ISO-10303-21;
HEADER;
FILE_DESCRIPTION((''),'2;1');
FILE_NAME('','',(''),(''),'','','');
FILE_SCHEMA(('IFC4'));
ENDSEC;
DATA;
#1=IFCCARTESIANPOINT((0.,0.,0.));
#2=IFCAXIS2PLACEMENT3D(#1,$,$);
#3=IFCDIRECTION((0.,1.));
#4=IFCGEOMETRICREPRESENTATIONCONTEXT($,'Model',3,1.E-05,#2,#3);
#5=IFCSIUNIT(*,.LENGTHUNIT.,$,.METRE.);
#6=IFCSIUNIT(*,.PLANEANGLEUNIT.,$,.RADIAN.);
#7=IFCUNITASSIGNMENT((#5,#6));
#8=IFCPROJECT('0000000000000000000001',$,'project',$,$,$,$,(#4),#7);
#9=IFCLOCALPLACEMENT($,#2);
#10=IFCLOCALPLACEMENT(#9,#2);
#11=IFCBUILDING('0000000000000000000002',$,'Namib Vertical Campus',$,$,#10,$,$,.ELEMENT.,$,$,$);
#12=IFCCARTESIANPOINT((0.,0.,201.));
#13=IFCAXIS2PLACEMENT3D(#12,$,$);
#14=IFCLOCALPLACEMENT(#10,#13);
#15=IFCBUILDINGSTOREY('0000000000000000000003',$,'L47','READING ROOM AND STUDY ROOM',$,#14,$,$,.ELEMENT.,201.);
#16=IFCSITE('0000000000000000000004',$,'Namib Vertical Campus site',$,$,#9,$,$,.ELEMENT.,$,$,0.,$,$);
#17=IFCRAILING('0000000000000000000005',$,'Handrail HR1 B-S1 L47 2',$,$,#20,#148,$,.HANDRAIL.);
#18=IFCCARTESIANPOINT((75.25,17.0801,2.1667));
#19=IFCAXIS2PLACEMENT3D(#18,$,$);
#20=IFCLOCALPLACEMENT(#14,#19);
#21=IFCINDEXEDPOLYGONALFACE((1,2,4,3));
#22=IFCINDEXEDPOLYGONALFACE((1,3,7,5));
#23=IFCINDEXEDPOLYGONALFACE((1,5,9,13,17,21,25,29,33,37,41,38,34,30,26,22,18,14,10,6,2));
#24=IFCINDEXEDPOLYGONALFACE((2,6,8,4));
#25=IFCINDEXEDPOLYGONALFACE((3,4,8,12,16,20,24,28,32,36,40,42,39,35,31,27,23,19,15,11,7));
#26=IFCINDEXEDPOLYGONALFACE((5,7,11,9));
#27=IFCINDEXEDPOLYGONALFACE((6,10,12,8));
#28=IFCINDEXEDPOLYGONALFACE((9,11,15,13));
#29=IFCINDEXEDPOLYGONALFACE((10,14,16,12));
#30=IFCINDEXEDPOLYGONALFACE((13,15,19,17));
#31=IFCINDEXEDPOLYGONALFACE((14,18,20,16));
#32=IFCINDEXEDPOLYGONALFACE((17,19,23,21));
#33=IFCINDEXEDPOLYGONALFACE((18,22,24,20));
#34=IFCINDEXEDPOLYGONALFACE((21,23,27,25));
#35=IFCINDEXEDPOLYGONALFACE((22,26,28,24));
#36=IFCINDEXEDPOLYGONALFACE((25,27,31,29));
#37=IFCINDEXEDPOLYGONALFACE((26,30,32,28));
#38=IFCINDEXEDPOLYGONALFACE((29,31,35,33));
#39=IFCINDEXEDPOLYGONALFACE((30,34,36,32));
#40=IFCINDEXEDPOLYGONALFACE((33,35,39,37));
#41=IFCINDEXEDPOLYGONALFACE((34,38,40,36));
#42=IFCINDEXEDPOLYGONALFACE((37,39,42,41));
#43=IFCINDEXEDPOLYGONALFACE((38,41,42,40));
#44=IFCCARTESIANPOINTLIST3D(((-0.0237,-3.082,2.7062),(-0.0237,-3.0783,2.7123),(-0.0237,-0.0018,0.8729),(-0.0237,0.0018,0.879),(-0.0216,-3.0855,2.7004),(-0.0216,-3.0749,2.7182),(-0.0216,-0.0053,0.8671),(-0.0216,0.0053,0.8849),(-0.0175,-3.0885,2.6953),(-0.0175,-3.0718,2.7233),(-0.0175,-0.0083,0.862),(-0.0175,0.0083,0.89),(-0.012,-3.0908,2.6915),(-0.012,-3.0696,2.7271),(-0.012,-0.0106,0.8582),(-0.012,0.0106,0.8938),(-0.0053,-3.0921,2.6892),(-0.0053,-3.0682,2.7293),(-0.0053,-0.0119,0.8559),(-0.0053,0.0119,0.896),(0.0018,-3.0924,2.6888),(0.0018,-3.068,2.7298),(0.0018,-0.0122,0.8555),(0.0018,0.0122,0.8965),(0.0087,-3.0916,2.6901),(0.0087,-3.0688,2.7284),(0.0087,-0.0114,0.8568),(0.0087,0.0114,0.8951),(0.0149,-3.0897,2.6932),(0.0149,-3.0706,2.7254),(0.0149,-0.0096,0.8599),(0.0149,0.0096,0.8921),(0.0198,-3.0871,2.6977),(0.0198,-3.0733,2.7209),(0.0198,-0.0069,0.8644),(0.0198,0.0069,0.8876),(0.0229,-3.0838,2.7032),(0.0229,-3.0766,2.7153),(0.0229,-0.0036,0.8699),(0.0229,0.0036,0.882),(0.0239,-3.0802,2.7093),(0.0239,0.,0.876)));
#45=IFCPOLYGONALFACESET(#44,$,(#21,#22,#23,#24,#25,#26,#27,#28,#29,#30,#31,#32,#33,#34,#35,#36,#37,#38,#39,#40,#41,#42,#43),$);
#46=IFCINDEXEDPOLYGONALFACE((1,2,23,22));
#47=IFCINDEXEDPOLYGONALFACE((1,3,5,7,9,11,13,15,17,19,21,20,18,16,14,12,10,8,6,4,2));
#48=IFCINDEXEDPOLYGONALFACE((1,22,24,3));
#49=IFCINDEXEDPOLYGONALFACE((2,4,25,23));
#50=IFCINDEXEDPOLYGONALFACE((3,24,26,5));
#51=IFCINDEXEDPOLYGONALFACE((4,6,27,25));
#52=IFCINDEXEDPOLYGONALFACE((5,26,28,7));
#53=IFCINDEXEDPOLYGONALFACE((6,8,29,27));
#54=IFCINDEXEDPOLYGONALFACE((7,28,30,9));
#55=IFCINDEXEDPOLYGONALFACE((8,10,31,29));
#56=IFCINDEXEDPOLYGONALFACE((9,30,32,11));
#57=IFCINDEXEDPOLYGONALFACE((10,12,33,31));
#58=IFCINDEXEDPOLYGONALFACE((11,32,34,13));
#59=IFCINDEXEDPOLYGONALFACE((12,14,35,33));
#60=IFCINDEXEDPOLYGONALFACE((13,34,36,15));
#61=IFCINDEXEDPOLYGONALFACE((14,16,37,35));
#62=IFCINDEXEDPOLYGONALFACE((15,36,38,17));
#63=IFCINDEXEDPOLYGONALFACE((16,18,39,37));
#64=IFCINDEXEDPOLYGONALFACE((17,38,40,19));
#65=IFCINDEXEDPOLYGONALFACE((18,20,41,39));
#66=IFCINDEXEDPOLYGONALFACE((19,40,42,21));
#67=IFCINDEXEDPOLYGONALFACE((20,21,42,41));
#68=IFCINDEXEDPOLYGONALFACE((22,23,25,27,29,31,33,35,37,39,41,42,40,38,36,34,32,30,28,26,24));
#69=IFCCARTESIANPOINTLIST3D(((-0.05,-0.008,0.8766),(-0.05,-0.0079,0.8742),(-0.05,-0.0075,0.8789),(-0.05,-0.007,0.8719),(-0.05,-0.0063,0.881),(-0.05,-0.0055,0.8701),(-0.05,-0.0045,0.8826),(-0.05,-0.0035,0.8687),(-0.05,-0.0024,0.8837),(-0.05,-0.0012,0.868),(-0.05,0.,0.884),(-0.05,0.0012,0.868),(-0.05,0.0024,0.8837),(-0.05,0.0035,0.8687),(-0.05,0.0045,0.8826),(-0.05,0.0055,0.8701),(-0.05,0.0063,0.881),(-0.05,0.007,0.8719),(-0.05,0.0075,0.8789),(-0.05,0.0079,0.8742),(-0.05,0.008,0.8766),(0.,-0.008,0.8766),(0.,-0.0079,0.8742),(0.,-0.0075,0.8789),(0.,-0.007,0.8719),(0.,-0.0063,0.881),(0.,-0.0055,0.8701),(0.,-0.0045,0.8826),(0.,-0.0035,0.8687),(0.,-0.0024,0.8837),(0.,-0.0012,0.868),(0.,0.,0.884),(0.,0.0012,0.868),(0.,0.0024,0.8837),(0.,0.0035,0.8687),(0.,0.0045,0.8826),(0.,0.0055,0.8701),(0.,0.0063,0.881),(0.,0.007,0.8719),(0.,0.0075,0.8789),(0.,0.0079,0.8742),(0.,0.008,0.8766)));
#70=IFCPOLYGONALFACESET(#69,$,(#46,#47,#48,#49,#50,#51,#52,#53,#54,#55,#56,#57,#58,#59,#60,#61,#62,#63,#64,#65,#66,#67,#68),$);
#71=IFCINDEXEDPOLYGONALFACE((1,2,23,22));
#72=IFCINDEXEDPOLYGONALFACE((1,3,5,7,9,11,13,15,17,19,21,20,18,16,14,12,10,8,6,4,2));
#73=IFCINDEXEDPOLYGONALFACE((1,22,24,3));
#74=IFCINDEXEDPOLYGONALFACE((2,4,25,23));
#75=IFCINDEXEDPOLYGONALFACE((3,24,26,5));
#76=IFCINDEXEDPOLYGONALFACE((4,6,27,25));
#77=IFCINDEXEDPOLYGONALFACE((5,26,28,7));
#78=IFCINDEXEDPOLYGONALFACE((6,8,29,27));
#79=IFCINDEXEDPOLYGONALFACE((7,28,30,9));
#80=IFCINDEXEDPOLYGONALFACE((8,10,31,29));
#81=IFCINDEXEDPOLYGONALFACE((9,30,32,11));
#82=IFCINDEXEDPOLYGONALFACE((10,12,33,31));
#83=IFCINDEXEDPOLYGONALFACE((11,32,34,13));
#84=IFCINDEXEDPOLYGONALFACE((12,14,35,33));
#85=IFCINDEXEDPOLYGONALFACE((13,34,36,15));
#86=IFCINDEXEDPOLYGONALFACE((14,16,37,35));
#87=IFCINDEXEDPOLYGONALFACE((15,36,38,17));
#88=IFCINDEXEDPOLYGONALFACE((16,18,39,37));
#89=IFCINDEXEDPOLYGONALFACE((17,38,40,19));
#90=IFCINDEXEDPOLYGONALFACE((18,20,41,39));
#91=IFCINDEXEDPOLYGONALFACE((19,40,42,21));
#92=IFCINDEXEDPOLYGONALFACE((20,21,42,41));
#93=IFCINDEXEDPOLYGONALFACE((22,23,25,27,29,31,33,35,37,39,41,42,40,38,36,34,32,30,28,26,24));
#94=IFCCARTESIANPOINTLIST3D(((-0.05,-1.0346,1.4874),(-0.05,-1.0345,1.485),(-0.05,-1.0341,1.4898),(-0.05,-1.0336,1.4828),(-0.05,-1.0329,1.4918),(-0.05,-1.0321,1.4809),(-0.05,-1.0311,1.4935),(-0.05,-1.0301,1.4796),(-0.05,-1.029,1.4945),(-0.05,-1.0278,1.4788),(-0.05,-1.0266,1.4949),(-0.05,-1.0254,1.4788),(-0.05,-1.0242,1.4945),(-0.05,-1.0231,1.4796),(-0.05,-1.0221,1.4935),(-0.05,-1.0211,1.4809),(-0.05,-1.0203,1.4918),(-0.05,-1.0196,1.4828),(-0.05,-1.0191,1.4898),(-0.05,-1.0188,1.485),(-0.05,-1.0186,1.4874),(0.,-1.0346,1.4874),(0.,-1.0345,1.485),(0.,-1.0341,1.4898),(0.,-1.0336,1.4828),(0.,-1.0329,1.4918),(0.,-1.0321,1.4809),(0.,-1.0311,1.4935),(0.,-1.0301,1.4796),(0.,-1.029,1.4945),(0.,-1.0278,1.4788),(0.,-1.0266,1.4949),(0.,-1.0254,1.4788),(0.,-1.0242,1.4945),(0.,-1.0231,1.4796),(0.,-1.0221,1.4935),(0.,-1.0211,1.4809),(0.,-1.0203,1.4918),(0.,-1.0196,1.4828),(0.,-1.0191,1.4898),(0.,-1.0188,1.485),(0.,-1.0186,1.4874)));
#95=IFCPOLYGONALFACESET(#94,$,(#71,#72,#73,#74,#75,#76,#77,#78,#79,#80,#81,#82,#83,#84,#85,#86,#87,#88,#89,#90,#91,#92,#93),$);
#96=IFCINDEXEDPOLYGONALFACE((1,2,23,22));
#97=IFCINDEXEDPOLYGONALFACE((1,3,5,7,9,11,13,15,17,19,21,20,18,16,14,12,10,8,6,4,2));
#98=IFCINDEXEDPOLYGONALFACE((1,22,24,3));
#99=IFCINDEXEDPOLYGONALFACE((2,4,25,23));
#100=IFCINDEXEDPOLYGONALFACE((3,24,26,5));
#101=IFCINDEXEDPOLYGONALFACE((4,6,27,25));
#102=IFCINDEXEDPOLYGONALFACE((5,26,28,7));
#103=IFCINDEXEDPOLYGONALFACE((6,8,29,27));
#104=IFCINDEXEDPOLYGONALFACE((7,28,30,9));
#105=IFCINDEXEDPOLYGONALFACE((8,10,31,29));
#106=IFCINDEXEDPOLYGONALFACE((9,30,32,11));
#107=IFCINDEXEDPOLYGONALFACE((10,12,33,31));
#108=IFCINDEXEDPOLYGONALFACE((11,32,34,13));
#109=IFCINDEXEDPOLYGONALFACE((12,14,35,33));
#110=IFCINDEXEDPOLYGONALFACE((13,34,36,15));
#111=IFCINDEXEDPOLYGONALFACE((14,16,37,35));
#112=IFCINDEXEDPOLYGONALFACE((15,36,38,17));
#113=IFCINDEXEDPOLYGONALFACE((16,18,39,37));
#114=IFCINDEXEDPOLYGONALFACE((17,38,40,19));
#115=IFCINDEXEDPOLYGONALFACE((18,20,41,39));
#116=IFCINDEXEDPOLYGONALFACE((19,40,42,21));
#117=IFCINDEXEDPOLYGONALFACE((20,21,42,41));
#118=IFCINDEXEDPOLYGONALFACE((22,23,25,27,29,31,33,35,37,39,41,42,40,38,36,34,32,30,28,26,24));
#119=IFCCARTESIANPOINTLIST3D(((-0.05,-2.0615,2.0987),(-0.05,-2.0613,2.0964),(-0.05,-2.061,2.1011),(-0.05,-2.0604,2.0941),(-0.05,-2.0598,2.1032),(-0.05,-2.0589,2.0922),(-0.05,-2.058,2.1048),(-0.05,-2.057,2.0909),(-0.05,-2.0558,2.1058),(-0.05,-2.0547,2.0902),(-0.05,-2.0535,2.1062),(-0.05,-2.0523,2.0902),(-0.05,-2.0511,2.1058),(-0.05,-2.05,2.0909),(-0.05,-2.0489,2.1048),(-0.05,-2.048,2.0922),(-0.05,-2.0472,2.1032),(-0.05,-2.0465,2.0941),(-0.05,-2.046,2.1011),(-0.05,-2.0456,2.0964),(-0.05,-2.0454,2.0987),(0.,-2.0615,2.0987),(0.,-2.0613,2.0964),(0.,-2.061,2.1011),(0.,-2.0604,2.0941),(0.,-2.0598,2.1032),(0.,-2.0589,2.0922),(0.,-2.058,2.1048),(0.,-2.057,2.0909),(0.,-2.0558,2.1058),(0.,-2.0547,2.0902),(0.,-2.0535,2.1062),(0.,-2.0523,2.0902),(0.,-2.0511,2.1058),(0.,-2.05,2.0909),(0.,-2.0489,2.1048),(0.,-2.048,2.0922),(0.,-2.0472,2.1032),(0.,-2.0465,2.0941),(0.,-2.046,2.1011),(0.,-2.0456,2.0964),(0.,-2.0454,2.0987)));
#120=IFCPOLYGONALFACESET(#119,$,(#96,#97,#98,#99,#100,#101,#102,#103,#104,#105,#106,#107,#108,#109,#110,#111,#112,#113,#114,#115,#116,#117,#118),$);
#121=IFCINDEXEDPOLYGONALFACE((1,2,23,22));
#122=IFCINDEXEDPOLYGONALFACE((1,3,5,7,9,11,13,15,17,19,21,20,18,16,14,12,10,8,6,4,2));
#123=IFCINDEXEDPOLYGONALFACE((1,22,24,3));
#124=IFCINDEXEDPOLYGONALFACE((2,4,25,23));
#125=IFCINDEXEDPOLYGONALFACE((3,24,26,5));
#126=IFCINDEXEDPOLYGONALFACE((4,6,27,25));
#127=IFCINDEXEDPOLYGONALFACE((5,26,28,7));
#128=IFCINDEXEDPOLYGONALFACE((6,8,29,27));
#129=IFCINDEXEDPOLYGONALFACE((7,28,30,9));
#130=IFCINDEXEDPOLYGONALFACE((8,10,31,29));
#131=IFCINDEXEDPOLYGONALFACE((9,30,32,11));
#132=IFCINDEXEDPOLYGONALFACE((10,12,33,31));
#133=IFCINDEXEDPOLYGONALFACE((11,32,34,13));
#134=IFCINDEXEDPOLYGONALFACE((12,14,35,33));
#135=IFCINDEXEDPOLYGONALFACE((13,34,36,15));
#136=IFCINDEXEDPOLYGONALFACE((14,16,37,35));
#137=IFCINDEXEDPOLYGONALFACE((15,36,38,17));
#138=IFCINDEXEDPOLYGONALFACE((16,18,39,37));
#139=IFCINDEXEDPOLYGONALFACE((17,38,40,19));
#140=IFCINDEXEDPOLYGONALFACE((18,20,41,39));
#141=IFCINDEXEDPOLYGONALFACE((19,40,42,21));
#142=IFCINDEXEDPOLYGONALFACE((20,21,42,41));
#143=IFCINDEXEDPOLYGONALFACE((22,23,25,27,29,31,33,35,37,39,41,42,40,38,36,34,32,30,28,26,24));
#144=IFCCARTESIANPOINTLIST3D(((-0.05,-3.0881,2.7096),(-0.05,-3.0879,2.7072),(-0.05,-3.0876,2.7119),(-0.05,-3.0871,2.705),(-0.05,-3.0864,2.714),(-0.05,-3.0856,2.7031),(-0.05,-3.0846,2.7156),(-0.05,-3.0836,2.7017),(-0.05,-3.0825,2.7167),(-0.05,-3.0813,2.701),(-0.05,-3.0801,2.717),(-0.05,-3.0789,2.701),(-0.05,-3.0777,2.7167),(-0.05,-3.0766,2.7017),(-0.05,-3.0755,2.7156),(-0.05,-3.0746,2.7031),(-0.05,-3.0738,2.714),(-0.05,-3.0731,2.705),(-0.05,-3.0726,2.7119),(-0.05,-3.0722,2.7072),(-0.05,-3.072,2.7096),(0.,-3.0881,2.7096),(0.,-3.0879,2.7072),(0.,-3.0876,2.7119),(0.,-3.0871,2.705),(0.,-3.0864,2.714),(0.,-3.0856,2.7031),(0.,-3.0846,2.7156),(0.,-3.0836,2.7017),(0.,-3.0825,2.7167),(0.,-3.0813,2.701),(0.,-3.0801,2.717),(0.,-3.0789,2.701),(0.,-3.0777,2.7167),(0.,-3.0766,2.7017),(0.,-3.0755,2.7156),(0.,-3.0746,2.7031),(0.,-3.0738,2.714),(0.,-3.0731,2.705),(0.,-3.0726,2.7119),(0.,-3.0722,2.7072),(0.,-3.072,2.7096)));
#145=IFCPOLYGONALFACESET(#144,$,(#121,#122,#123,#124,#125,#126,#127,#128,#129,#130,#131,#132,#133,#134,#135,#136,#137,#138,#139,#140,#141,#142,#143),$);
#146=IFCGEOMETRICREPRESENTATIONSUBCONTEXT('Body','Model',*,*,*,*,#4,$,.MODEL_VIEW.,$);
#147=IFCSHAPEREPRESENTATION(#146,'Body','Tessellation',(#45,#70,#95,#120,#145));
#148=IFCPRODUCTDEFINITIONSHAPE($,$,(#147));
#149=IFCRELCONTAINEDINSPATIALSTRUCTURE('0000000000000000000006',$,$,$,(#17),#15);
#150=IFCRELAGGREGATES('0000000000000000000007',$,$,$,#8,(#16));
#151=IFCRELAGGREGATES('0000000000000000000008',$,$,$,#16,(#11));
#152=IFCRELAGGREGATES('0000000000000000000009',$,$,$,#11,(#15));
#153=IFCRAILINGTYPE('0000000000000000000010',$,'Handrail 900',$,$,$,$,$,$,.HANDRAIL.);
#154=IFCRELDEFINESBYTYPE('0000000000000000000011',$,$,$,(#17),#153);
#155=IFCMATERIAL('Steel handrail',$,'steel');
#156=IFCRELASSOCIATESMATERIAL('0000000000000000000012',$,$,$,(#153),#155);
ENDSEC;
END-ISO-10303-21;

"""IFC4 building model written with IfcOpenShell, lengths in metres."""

from ifc_helpers import new_model, si_unit, direction, frame, origin, origin_2d, place, context, subcontext, project, spatial, circle, extrude, material, type_object, element, save


model = new_model("IFC4")

# Units and contexts
model_context = context("Model", 3, precision=1e-05, world=origin(), true_north=direction((0.0, 1.0)))
body_context = subcontext(model_context, "Body", "Model", "MODEL_VIEW")
ifc_project = project(units=[si_unit("LENGTHUNIT", "METRE"), si_unit("PLANEANGLEUNIT", "RADIAN")], contexts=[model_context])

# Site, building, storey
site_placement = place(None, origin())
site = spatial("IfcSite", under=ifc_project, at=site_placement, Name="Namib Vertical Campus site", CompositionType="ELEMENT", RefElevation=0.0)
building_placement = place(site_placement, origin())
building = spatial("IfcBuilding", under=site, at=building_placement, Name="Namib Vertical Campus", CompositionType="ELEMENT")
storey_placement = place(building_placement, frame((0.0, 0.0, 201.0)))
storey = spatial("IfcBuildingStorey", under=building, at=storey_placement, Name="L47", Description="READING ROOM AND STUDY ROOM", CompositionType="ELEMENT", Elevation=201.0)

# Railing
ifc_material_1 = material(Name="Steel handrail", Category="steel")
railing_type_1 = type_object("IfcRailingType", Name="Handrail 900", PredefinedType="HANDRAIL", material=ifc_material_1)
railing_1_placement = place(storey_placement, frame((75.25, 17.0801, 2.1667)))
element("IfcRailing", 1, at=railing_1_placement, inside=storey, type_object=railing_type_1, Name="Handrail HR1 B-S1 L47 2", PredefinedType="HANDRAIL", context=body_context, shape_type="SweptSolid", body=[
    extrude(circle(Radius=0.0239, at=origin_2d()), frame((0.0, 0.0, 0.876), z_axis=(0.0, -0.859309, 0.511458), x_axis=(1.0, 0.0, 0.0)), (0.0, 0.0, 1.0), 3.5845),
    extrude(circle(Radius=0.0081, at=origin_2d()), frame((0.0, 0.0, 0.876), z_axis=(-1.0, 0.0, 0.0), x_axis=(0.0, 0.0, 1.0)), (0.0, 0.0, 1.0), 0.05),
    extrude(circle(Radius=0.0081, at=origin_2d()), frame((0.0, -1.0266, 1.4868), z_axis=(-1.0, 0.0, 0.0), x_axis=(0.0, 0.0, 1.0)), (0.0, 0.0, 1.0), 0.05),
    extrude(circle(Radius=0.0081, at=origin_2d()), frame((0.0, -2.0535, 2.0981), z_axis=(-1.0, 0.0, 0.0), x_axis=(0.0, 0.0, 1.0)), (0.0, 0.0, 1.0), 0.05),
    extrude(circle(Radius=0.0081, at=origin_2d()), frame((0.0, -3.0801, 2.709), z_axis=(-1.0, 0.0, 0.0), x_axis=(0.0, 0.0, 1.0)), (0.0, 0.0, 1.0), 0.05),
])

save(model, "model.ifc")
